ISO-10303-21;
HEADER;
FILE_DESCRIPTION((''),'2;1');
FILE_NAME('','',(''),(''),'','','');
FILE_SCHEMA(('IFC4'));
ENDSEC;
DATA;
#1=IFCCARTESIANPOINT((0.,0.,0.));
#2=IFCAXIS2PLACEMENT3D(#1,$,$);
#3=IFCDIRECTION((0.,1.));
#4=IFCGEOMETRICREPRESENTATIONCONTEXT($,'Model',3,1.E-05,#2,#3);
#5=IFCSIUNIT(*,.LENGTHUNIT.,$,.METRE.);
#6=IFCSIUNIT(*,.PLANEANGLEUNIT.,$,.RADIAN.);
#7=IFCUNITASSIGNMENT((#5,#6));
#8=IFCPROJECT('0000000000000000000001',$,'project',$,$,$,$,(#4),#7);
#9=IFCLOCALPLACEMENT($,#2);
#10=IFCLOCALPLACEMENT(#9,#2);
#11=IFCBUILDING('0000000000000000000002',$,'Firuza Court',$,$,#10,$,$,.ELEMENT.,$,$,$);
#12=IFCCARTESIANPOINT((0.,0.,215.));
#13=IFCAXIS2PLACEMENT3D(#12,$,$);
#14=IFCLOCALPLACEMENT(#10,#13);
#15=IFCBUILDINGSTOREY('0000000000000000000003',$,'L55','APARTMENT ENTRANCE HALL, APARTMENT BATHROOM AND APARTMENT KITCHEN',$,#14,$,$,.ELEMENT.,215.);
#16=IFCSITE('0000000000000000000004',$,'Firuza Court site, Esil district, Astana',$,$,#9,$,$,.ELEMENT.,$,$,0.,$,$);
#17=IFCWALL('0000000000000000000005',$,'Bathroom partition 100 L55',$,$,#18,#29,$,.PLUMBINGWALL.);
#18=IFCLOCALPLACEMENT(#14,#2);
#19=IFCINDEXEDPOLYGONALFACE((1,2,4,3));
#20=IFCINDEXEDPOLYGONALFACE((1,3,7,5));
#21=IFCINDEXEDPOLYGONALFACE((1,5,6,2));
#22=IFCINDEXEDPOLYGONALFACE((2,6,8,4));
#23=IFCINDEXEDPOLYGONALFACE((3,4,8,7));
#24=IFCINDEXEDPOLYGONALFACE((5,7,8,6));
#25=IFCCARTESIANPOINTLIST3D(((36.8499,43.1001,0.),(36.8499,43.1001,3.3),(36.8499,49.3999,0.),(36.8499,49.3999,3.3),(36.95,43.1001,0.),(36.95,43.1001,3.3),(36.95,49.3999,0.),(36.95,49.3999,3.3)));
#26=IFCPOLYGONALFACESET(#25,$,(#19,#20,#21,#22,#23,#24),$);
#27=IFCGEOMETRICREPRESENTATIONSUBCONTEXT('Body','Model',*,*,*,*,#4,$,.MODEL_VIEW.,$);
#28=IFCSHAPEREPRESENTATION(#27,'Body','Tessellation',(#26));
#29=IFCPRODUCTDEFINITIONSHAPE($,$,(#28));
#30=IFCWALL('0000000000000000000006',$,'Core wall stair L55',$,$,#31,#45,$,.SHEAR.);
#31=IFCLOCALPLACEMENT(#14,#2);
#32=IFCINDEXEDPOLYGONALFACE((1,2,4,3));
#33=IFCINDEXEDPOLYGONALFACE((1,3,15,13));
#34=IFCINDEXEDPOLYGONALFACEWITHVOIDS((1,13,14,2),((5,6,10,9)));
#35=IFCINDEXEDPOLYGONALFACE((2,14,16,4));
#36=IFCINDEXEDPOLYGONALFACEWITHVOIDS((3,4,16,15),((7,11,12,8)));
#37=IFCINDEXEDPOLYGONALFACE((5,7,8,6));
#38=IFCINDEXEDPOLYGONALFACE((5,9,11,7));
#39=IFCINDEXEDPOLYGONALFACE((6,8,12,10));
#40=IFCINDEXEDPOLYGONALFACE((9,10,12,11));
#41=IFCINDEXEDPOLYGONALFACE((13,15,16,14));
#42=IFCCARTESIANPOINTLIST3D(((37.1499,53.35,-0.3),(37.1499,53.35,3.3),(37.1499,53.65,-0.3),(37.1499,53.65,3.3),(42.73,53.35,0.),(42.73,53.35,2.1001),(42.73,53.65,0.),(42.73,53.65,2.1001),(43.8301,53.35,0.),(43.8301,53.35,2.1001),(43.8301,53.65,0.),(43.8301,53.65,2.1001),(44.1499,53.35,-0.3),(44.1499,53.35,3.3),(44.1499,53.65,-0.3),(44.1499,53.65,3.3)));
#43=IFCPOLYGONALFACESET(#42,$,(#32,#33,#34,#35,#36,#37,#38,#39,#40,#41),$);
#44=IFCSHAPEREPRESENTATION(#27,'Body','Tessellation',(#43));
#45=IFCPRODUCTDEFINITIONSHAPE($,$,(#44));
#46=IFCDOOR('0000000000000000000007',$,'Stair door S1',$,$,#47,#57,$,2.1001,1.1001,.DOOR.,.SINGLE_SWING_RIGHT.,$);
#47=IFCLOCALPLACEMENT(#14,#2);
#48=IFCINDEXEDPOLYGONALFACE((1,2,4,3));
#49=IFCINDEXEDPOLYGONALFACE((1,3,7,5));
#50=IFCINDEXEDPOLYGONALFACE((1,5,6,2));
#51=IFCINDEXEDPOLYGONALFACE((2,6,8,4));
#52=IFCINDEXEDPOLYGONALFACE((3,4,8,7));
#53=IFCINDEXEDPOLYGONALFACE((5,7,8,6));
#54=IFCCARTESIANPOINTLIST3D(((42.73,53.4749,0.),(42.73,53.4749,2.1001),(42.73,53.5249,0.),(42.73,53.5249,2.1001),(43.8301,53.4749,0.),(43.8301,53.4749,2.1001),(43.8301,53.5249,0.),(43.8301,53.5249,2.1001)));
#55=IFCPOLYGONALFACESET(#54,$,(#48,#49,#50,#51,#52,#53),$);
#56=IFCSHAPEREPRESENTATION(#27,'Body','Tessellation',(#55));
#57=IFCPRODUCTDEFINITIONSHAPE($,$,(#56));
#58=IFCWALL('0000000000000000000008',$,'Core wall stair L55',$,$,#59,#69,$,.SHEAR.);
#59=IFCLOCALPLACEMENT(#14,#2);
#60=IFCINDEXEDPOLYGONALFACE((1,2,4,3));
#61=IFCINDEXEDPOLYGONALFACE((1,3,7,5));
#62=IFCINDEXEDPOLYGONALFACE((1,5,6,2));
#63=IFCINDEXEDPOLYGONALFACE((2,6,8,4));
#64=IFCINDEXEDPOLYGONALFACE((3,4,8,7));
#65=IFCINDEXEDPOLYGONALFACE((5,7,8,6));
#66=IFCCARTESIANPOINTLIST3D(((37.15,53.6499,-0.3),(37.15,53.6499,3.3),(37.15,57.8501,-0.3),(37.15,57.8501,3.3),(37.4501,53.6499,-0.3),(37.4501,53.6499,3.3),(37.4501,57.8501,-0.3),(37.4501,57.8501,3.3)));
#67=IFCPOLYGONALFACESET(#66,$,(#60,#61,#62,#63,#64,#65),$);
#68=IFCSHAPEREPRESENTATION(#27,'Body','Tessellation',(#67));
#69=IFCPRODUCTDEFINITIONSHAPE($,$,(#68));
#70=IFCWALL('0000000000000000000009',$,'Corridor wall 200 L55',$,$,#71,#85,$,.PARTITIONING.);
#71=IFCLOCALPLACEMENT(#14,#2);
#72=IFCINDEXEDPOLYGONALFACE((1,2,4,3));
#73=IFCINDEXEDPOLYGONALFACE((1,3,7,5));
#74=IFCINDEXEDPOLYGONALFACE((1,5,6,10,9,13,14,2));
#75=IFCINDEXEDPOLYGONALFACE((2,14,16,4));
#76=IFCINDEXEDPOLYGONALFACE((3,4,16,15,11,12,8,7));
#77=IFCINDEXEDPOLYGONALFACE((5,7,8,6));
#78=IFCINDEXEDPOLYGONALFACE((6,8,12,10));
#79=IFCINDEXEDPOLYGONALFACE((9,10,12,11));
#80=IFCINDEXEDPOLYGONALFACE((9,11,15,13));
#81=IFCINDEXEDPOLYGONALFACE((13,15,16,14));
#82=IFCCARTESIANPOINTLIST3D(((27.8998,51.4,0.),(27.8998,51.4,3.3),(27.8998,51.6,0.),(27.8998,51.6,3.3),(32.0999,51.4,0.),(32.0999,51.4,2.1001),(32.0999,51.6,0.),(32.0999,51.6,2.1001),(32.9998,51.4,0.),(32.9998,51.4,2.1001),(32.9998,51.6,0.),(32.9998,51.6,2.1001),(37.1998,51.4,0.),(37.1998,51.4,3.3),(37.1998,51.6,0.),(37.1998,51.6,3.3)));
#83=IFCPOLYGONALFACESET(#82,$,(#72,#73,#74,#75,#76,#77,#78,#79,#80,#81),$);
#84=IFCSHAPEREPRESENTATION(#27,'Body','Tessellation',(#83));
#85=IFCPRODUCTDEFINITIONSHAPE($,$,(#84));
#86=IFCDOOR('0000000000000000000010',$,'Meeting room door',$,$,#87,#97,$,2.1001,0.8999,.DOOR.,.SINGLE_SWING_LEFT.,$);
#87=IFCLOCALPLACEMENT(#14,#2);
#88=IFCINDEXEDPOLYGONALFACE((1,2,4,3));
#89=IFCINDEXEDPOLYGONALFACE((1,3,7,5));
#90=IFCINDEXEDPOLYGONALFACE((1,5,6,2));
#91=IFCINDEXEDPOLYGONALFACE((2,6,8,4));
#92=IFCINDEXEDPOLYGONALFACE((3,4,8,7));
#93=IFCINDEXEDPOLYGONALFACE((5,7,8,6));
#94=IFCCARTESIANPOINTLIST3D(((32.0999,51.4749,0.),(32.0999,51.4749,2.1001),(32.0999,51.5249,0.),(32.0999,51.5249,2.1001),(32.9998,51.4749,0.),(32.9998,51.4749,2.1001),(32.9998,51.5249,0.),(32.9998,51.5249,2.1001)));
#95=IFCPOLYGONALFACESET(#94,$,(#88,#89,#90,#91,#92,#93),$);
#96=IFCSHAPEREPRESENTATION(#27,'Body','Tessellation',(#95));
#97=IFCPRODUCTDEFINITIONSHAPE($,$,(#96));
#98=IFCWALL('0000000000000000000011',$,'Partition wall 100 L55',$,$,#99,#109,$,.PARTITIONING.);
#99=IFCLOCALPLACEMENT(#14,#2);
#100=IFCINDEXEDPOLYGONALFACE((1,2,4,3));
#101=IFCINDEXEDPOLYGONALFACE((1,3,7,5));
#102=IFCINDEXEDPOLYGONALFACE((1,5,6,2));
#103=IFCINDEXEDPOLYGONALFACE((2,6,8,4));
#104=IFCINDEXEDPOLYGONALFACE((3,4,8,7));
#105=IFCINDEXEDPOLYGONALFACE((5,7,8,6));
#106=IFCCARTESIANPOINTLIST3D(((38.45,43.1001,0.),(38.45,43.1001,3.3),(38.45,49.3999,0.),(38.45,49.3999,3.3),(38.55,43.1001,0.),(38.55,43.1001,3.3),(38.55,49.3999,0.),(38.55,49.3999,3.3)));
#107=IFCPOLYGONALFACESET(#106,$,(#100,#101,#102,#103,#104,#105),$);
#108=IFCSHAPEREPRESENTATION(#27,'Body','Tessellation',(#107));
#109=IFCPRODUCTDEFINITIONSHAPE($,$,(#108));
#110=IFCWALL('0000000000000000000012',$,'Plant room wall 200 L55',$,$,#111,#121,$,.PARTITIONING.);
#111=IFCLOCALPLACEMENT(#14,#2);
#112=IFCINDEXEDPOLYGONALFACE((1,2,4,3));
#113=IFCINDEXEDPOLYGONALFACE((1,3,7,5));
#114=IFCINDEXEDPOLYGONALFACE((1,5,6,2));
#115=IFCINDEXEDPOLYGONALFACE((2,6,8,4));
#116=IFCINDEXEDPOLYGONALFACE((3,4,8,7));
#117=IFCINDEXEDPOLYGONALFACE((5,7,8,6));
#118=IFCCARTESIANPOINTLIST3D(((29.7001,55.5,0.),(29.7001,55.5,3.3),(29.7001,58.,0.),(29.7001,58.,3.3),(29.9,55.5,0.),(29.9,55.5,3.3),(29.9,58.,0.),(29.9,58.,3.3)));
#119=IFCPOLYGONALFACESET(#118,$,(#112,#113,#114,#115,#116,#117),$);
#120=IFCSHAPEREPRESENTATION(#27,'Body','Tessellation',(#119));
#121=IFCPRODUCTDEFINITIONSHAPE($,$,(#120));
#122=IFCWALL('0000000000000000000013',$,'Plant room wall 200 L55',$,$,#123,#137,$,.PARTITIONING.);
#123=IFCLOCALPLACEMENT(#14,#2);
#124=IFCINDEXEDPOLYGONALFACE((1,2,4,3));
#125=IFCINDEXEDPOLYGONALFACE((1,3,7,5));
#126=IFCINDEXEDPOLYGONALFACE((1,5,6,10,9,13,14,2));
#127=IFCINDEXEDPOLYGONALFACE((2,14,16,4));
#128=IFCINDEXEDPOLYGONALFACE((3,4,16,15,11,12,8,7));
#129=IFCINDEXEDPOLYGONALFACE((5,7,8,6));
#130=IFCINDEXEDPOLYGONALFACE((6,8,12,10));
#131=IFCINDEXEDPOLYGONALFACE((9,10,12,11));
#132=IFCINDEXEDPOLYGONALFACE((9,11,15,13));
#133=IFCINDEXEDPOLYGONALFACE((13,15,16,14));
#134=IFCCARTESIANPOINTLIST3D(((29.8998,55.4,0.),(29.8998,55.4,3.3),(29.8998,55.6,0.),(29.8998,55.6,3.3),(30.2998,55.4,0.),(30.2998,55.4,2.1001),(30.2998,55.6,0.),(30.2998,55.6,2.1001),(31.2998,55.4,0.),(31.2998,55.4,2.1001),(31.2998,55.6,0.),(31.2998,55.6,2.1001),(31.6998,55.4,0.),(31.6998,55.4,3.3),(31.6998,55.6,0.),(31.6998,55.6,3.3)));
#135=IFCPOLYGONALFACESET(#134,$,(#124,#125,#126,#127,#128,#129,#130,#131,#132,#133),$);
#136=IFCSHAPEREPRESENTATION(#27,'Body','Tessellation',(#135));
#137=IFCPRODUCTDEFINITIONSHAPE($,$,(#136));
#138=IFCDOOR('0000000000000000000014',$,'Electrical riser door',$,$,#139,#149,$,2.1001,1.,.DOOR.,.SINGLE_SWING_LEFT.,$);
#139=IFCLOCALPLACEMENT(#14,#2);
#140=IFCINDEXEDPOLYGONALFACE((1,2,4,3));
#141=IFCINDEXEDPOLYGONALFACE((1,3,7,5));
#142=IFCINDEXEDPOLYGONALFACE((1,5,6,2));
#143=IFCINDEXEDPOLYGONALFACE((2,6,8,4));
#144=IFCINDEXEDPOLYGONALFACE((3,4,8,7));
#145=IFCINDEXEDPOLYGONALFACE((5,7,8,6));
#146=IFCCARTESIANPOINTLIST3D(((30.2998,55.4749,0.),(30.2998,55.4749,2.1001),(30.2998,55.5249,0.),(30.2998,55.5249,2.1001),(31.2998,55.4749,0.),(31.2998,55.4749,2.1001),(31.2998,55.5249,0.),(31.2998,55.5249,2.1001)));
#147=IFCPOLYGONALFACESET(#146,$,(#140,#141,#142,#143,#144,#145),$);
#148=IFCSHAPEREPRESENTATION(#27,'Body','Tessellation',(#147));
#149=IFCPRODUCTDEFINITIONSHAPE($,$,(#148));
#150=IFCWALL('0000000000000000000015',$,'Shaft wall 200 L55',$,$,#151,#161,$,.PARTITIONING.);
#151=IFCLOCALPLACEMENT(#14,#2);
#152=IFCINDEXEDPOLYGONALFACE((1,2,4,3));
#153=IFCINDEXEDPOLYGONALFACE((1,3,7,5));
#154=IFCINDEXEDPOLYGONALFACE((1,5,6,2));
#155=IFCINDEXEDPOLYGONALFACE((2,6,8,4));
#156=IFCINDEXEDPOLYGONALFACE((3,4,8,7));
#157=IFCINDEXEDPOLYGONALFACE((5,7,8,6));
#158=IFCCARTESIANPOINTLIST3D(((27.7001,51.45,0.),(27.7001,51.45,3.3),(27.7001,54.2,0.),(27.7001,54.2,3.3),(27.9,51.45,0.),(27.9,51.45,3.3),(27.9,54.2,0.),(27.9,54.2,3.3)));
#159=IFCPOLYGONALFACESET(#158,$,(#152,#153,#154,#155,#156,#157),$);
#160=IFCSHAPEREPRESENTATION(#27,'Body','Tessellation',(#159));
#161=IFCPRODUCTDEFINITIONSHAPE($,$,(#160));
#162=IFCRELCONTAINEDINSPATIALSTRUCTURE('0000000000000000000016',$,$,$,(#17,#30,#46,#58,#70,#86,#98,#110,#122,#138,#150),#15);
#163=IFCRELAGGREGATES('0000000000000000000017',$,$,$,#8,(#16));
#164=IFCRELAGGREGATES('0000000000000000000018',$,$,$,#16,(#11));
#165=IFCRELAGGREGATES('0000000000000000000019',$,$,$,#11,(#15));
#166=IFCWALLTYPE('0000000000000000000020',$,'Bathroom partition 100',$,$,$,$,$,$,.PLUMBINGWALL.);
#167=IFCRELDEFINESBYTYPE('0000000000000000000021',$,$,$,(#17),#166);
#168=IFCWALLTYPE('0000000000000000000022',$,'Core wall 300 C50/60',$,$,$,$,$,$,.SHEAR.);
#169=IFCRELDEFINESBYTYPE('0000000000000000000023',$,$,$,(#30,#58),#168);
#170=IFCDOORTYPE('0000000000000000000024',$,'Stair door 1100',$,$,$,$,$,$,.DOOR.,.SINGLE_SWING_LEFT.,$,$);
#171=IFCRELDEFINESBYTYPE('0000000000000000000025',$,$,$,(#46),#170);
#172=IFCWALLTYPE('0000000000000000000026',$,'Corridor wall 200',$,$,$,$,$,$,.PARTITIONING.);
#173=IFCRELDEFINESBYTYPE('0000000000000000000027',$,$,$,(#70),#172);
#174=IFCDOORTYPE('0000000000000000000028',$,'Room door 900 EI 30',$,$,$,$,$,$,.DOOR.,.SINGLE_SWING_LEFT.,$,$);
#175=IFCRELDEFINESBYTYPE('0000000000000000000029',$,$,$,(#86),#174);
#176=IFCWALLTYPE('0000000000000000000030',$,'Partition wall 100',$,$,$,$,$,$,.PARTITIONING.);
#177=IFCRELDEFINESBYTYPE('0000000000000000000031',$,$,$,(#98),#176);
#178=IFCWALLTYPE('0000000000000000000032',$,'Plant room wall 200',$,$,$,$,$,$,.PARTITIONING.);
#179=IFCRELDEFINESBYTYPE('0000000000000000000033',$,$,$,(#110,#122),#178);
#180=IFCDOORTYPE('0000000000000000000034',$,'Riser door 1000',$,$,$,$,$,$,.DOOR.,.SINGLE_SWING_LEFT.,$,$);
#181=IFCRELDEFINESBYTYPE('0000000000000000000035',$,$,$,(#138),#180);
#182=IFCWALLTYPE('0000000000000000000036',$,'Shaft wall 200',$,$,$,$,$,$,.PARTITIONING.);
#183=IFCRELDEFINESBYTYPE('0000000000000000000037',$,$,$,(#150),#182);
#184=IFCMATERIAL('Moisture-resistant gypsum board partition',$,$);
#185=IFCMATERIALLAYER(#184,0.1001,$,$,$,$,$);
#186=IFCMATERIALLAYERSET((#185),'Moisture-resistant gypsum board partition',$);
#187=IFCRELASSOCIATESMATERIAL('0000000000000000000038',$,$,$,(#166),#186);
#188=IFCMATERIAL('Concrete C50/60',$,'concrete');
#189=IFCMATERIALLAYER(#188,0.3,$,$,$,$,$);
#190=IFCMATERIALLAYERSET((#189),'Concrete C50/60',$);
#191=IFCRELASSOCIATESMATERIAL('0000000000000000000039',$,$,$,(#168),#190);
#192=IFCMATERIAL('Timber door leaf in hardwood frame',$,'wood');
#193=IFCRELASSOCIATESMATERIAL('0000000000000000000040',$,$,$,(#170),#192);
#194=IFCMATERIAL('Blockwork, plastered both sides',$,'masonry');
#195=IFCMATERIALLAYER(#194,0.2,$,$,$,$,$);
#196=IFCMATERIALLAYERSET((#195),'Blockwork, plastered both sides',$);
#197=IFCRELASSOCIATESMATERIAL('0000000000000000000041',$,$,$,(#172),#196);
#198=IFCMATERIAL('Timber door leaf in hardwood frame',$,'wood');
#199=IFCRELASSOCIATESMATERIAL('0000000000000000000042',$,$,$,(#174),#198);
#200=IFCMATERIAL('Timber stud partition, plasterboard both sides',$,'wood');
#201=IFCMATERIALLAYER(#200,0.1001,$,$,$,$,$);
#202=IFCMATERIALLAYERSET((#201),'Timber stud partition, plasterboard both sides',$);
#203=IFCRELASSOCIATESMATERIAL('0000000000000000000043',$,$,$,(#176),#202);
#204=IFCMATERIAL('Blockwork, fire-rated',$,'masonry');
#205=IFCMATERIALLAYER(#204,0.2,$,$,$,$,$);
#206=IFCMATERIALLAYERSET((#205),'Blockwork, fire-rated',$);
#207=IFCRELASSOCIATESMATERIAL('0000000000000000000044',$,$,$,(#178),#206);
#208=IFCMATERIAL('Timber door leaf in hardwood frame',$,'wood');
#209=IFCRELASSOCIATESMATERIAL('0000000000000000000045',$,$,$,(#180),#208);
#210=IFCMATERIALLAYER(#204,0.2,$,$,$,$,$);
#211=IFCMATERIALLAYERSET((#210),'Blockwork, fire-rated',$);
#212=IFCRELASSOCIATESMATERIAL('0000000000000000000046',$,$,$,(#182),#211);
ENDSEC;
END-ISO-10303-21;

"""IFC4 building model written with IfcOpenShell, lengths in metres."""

from ifc_helpers import new_model, si_unit, direction, frame, frame_2d, origin, place, context, subcontext, project, spatial, rectangle, extrude, material, layer, layer_set, type_object, element, fill, save


model = new_model("IFC4")

# Units and contexts
model_context = context("Model", 3, precision=1e-05, world=origin(), true_north=direction((0.0, 1.0)))
body_context = subcontext(model_context, "Body", "Model", "MODEL_VIEW")
ifc_project = project(units=[si_unit("LENGTHUNIT", "METRE"), si_unit("PLANEANGLEUNIT", "RADIAN")], contexts=[model_context])

# Site, building, storey
site_placement = place(None, origin())
site = spatial("IfcSite", under=ifc_project, at=site_placement, Name="Firuza Court site, Esil district, Astana", CompositionType="ELEMENT", RefElevation=0.0)
building_placement = place(site_placement, origin())
building = spatial("IfcBuilding", under=site, at=building_placement, Name="Firuza Court", CompositionType="ELEMENT")
storey_placement = place(building_placement, frame((0.0, 0.0, 215.0)))
storey = spatial("IfcBuildingStorey", under=building, at=storey_placement, Name="L55", Description="APARTMENT ENTRANCE HALL, APARTMENT BATHROOM AND APARTMENT KITCHEN", CompositionType="ELEMENT", Elevation=215.0)

# Wall
ifc_material_1 = material(Name="Moisture-resistant gypsum board partition")
ifc_layer_1 = layer(ifc_material_1, 0.1001)
ifc_layer_set_1 = layer_set([ifc_layer_1], Name="Moisture-resistant gypsum board partition")
wall_type_1 = type_object("IfcWallType", Name="Bathroom partition 100", PredefinedType="PLUMBINGWALL", material=ifc_layer_set_1)
wall_1_placement = place(storey_placement, frame((36.8999, 43.1001, 0.0), z_axis=(0.0, 0.0, 1.0), x_axis=(0.0, 1.0, 0.0)))
element("IfcWall", 1, at=wall_1_placement, inside=storey, type_object=wall_type_1, Name="Bathroom partition 100 L55", PredefinedType="PLUMBINGWALL", context=body_context, shape_type="SweptSolid", body=[
    extrude(rectangle(XDim=6.2998, YDim=0.1001, at=frame_2d((3.1499, 0.0))), origin(), (0.0, 0.0, 1.0), 3.3),
])

# Wall, opening, door
ifc_material_2 = material(Name="Concrete C50/60", Category="concrete")
ifc_layer_2 = layer(ifc_material_2, 0.3)
ifc_layer_set_2 = layer_set([ifc_layer_2], Name="Concrete C50/60")
wall_type_2 = type_object("IfcWallType", Name="Core wall 300 C50/60", PredefinedType="SHEAR", material=ifc_layer_set_2)
wall_2_placement = place(storey_placement, frame((37.1499, 53.5, -0.3), z_axis=(0.0, 0.0, 1.0), x_axis=(1.0, 0.0, 0.0)))
wall_2 = element("IfcWall", 2, at=wall_2_placement, inside=storey, type_object=wall_type_2, Name="Core wall stair L55", PredefinedType="SHEAR", context=body_context, shape_type="SweptSolid", body=[
    extrude(rectangle(XDim=7.0, YDim=0.3, at=frame_2d((3.5, 0.0))), origin(), (0.0, 0.0, 1.0), 3.6001),
])
opening_1_placement = place(wall_2_placement, frame((5.5801, 0.0, 0.3)))
opening_1 = element("IfcOpeningElement", 3, at=opening_1_placement, cuts=wall_2, PredefinedType="OPENING", context=body_context, shape_type="SweptSolid", body=[
    extrude(rectangle(XDim=1.1001, YDim=2.1001, at=frame_2d((0.55, 1.05))), frame((0.0, 0.1621, 0.0), z_axis=(0.0, -1.0, 0.0), x_axis=(1.0, 0.0, 0.0)), (0.0, 0.0, 1.0), 0.324),
])
ifc_material_3 = material(Name="Timber door leaf in hardwood frame", Category="wood")
door_type_1 = type_object("IfcDoorType", Name="Stair door 1100", OperationType="SINGLE_SWING_LEFT", PredefinedType="DOOR", material=ifc_material_3)
door_1_placement = place(opening_1_placement, origin())
door_1 = element("IfcDoor", 4, at=door_1_placement, inside=storey, type_object=door_type_1, Name="Stair door S1", OperationType="SINGLE_SWING_RIGHT", OverallHeight=2.1001, OverallWidth=1.1001, PredefinedType="DOOR", context=body_context, shape_type="SweptSolid", body=[
    extrude(rectangle(XDim=1.1001, YDim=2.1001, at=frame_2d((0.55, 1.05))), frame((0.0, 0.0249, 0.0), z_axis=(0.0, -1.0, 0.0), x_axis=(1.0, 0.0, 0.0)), (0.0, 0.0, 1.0), 0.05),
])
fill(opening_1, door_1)

# Wall
wall_3_placement = place(storey_placement, frame((37.3, 53.6499, -0.3), z_axis=(0.0, 0.0, 1.0), x_axis=(0.0, 1.0, 0.0)))
element("IfcWall", 5, at=wall_3_placement, inside=storey, type_object=wall_type_2, Name="Core wall stair L55", PredefinedType="SHEAR", context=body_context, shape_type="SweptSolid", body=[
    extrude(rectangle(XDim=4.2002, YDim=0.3, at=frame_2d((2.1001, 0.0))), origin(), (0.0, 0.0, 1.0), 3.6001),
])

# Wall, opening, door
ifc_material_4 = material(Name="Blockwork, plastered both sides", Category="masonry")
ifc_layer_3 = layer(ifc_material_4, 0.2)
ifc_layer_set_3 = layer_set([ifc_layer_3], Name="Blockwork, plastered both sides")
wall_type_3 = type_object("IfcWallType", Name="Corridor wall 200", PredefinedType="PARTITIONING", material=ifc_layer_set_3)
wall_4_placement = place(storey_placement, frame((27.8999, 51.5, 0.0), z_axis=(0.0, 0.0, 1.0), x_axis=(1.0, 0.0, 0.0)))
wall_4 = element("IfcWall", 6, at=wall_4_placement, inside=storey, type_object=wall_type_3, Name="Corridor wall 200 L55", PredefinedType="PARTITIONING", context=body_context, shape_type="SweptSolid", body=[
    extrude(rectangle(XDim=9.3, YDim=0.2, at=frame_2d((4.6499, 0.0))), origin(), (0.0, 0.0, 1.0), 3.3),
])
opening_2_placement = place(wall_4_placement, frame((4.2, 0.0, 0.0)))
opening_2 = element("IfcOpeningElement", 7, at=opening_2_placement, cuts=wall_4, PredefinedType="OPENING", context=body_context, shape_type="SweptSolid", body=[
    extrude(rectangle(XDim=0.8999, YDim=2.1001, at=frame_2d((0.45, 1.05))), frame((0.0, 0.1118, 0.0), z_axis=(0.0, -1.0, 0.0), x_axis=(1.0, 0.0, 0.0)), (0.0, 0.0, 1.0), 0.2239),
])
ifc_material_5 = material(Name="Timber door leaf in hardwood frame", Category="wood")
door_type_2 = type_object("IfcDoorType", Name="Room door 900 EI 30", OperationType="SINGLE_SWING_LEFT", PredefinedType="DOOR", material=ifc_material_5)
door_2_placement = place(opening_2_placement, origin())
door_2 = element("IfcDoor", 8, at=door_2_placement, inside=storey, type_object=door_type_2, Name="Meeting room door", OperationType="SINGLE_SWING_LEFT", OverallHeight=2.1001, OverallWidth=0.8999, PredefinedType="DOOR", context=body_context, shape_type="SweptSolid", body=[
    extrude(rectangle(XDim=0.8999, YDim=2.1001, at=frame_2d((0.45, 1.05))), frame((0.0, 0.0249, 0.0), z_axis=(0.0, -1.0, 0.0), x_axis=(1.0, 0.0, 0.0)), (0.0, 0.0, 1.0), 0.05),
])
fill(opening_2, door_2)

# Walls
ifc_material_6 = material(Name="Timber stud partition, plasterboard both sides", Category="wood")
ifc_layer_4 = layer(ifc_material_6, 0.1001)
ifc_layer_set_4 = layer_set([ifc_layer_4], Name="Timber stud partition, plasterboard both sides")
wall_type_4 = type_object("IfcWallType", Name="Partition wall 100", PredefinedType="PARTITIONING", material=ifc_layer_set_4)
wall_5_placement = place(storey_placement, frame((38.5, 43.1001, 0.0), z_axis=(0.0, 0.0, 1.0), x_axis=(0.0, 1.0, 0.0)))
element("IfcWall", 9, at=wall_5_placement, inside=storey, type_object=wall_type_4, Name="Partition wall 100 L55", PredefinedType="PARTITIONING", context=body_context, shape_type="SweptSolid", body=[
    extrude(rectangle(XDim=6.2998, YDim=0.1001, at=frame_2d((3.1499, 0.0))), origin(), (0.0, 0.0, 1.0), 3.3),
])
ifc_material_7 = material(Name="Blockwork, fire-rated", Category="masonry")
ifc_layer_5 = layer(ifc_material_7, 0.2)
ifc_layer_set_5 = layer_set([ifc_layer_5], Name="Blockwork, fire-rated")
wall_type_5 = type_object("IfcWallType", Name="Plant room wall 200", PredefinedType="PARTITIONING", material=ifc_layer_set_5)
wall_6_placement = place(storey_placement, frame((29.8, 55.5, 0.0), z_axis=(0.0, 0.0, 1.0), x_axis=(0.0, 1.0, 0.0)))
element("IfcWall", 10, at=wall_6_placement, inside=storey, type_object=wall_type_5, Name="Plant room wall 200 L55", PredefinedType="PARTITIONING", context=body_context, shape_type="SweptSolid", body=[
    extrude(rectangle(XDim=2.5, YDim=0.2, at=frame_2d((1.25, 0.0))), origin(), (0.0, 0.0, 1.0), 3.3),
])

# Wall, opening, door
wall_7_placement = place(storey_placement, frame((29.8999, 55.5, 0.0), z_axis=(0.0, 0.0, 1.0), x_axis=(1.0, 0.0, 0.0)))
wall_7 = element("IfcWall", 11, at=wall_7_placement, inside=storey, type_object=wall_type_5, Name="Plant room wall 200 L55", PredefinedType="PARTITIONING", context=body_context, shape_type="SweptSolid", body=[
    extrude(rectangle(XDim=1.8, YDim=0.2, at=frame_2d((0.8999, 0.0))), origin(), (0.0, 0.0, 1.0), 3.3),
])
opening_3_placement = place(wall_7_placement, frame((0.3999, 0.0, 0.0)))
opening_3 = element("IfcOpeningElement", 12, at=opening_3_placement, cuts=wall_7, PredefinedType="OPENING", context=body_context, shape_type="SweptSolid", body=[
    extrude(rectangle(XDim=1.0, YDim=2.1001, at=frame_2d((0.5, 1.05))), frame((0.0, 0.1118, 0.0), z_axis=(0.0, -1.0, 0.0), x_axis=(1.0, 0.0, 0.0)), (0.0, 0.0, 1.0), 0.2239),
])
ifc_material_8 = material(Name="Timber door leaf in hardwood frame", Category="wood")
door_type_3 = type_object("IfcDoorType", Name="Riser door 1000", OperationType="SINGLE_SWING_LEFT", PredefinedType="DOOR", material=ifc_material_8)
door_3_placement = place(opening_3_placement, origin())
door_3 = element("IfcDoor", 13, at=door_3_placement, inside=storey, type_object=door_type_3, Name="Electrical riser door", OperationType="SINGLE_SWING_LEFT", OverallHeight=2.1001, OverallWidth=1.0, PredefinedType="DOOR", context=body_context, shape_type="SweptSolid", body=[
    extrude(rectangle(XDim=1.0, YDim=2.1001, at=frame_2d((0.5, 1.05))), frame((0.0, 0.0249, 0.0), z_axis=(0.0, -1.0, 0.0), x_axis=(1.0, 0.0, 0.0)), (0.0, 0.0, 1.0), 0.05),
])
fill(opening_3, door_3)

# Wall
ifc_layer_6 = layer(ifc_material_7, 0.2)
ifc_layer_set_6 = layer_set([ifc_layer_6], Name="Blockwork, fire-rated")
wall_type_6 = type_object("IfcWallType", Name="Shaft wall 200", PredefinedType="PARTITIONING", material=ifc_layer_set_6)
wall_8_placement = place(storey_placement, frame((27.8, 51.45, 0.0), z_axis=(0.0, 0.0, 1.0), x_axis=(0.0, 1.0, 0.0)))
element("IfcWall", 14, at=wall_8_placement, inside=storey, type_object=wall_type_6, Name="Shaft wall 200 L55", PredefinedType="PARTITIONING", context=body_context, shape_type="SweptSolid", body=[
    extrude(rectangle(XDim=2.75, YDim=0.2, at=frame_2d((1.375, 0.0))), origin(), (0.0, 0.0, 1.0), 3.3),
])

save(model, "model.ifc")
